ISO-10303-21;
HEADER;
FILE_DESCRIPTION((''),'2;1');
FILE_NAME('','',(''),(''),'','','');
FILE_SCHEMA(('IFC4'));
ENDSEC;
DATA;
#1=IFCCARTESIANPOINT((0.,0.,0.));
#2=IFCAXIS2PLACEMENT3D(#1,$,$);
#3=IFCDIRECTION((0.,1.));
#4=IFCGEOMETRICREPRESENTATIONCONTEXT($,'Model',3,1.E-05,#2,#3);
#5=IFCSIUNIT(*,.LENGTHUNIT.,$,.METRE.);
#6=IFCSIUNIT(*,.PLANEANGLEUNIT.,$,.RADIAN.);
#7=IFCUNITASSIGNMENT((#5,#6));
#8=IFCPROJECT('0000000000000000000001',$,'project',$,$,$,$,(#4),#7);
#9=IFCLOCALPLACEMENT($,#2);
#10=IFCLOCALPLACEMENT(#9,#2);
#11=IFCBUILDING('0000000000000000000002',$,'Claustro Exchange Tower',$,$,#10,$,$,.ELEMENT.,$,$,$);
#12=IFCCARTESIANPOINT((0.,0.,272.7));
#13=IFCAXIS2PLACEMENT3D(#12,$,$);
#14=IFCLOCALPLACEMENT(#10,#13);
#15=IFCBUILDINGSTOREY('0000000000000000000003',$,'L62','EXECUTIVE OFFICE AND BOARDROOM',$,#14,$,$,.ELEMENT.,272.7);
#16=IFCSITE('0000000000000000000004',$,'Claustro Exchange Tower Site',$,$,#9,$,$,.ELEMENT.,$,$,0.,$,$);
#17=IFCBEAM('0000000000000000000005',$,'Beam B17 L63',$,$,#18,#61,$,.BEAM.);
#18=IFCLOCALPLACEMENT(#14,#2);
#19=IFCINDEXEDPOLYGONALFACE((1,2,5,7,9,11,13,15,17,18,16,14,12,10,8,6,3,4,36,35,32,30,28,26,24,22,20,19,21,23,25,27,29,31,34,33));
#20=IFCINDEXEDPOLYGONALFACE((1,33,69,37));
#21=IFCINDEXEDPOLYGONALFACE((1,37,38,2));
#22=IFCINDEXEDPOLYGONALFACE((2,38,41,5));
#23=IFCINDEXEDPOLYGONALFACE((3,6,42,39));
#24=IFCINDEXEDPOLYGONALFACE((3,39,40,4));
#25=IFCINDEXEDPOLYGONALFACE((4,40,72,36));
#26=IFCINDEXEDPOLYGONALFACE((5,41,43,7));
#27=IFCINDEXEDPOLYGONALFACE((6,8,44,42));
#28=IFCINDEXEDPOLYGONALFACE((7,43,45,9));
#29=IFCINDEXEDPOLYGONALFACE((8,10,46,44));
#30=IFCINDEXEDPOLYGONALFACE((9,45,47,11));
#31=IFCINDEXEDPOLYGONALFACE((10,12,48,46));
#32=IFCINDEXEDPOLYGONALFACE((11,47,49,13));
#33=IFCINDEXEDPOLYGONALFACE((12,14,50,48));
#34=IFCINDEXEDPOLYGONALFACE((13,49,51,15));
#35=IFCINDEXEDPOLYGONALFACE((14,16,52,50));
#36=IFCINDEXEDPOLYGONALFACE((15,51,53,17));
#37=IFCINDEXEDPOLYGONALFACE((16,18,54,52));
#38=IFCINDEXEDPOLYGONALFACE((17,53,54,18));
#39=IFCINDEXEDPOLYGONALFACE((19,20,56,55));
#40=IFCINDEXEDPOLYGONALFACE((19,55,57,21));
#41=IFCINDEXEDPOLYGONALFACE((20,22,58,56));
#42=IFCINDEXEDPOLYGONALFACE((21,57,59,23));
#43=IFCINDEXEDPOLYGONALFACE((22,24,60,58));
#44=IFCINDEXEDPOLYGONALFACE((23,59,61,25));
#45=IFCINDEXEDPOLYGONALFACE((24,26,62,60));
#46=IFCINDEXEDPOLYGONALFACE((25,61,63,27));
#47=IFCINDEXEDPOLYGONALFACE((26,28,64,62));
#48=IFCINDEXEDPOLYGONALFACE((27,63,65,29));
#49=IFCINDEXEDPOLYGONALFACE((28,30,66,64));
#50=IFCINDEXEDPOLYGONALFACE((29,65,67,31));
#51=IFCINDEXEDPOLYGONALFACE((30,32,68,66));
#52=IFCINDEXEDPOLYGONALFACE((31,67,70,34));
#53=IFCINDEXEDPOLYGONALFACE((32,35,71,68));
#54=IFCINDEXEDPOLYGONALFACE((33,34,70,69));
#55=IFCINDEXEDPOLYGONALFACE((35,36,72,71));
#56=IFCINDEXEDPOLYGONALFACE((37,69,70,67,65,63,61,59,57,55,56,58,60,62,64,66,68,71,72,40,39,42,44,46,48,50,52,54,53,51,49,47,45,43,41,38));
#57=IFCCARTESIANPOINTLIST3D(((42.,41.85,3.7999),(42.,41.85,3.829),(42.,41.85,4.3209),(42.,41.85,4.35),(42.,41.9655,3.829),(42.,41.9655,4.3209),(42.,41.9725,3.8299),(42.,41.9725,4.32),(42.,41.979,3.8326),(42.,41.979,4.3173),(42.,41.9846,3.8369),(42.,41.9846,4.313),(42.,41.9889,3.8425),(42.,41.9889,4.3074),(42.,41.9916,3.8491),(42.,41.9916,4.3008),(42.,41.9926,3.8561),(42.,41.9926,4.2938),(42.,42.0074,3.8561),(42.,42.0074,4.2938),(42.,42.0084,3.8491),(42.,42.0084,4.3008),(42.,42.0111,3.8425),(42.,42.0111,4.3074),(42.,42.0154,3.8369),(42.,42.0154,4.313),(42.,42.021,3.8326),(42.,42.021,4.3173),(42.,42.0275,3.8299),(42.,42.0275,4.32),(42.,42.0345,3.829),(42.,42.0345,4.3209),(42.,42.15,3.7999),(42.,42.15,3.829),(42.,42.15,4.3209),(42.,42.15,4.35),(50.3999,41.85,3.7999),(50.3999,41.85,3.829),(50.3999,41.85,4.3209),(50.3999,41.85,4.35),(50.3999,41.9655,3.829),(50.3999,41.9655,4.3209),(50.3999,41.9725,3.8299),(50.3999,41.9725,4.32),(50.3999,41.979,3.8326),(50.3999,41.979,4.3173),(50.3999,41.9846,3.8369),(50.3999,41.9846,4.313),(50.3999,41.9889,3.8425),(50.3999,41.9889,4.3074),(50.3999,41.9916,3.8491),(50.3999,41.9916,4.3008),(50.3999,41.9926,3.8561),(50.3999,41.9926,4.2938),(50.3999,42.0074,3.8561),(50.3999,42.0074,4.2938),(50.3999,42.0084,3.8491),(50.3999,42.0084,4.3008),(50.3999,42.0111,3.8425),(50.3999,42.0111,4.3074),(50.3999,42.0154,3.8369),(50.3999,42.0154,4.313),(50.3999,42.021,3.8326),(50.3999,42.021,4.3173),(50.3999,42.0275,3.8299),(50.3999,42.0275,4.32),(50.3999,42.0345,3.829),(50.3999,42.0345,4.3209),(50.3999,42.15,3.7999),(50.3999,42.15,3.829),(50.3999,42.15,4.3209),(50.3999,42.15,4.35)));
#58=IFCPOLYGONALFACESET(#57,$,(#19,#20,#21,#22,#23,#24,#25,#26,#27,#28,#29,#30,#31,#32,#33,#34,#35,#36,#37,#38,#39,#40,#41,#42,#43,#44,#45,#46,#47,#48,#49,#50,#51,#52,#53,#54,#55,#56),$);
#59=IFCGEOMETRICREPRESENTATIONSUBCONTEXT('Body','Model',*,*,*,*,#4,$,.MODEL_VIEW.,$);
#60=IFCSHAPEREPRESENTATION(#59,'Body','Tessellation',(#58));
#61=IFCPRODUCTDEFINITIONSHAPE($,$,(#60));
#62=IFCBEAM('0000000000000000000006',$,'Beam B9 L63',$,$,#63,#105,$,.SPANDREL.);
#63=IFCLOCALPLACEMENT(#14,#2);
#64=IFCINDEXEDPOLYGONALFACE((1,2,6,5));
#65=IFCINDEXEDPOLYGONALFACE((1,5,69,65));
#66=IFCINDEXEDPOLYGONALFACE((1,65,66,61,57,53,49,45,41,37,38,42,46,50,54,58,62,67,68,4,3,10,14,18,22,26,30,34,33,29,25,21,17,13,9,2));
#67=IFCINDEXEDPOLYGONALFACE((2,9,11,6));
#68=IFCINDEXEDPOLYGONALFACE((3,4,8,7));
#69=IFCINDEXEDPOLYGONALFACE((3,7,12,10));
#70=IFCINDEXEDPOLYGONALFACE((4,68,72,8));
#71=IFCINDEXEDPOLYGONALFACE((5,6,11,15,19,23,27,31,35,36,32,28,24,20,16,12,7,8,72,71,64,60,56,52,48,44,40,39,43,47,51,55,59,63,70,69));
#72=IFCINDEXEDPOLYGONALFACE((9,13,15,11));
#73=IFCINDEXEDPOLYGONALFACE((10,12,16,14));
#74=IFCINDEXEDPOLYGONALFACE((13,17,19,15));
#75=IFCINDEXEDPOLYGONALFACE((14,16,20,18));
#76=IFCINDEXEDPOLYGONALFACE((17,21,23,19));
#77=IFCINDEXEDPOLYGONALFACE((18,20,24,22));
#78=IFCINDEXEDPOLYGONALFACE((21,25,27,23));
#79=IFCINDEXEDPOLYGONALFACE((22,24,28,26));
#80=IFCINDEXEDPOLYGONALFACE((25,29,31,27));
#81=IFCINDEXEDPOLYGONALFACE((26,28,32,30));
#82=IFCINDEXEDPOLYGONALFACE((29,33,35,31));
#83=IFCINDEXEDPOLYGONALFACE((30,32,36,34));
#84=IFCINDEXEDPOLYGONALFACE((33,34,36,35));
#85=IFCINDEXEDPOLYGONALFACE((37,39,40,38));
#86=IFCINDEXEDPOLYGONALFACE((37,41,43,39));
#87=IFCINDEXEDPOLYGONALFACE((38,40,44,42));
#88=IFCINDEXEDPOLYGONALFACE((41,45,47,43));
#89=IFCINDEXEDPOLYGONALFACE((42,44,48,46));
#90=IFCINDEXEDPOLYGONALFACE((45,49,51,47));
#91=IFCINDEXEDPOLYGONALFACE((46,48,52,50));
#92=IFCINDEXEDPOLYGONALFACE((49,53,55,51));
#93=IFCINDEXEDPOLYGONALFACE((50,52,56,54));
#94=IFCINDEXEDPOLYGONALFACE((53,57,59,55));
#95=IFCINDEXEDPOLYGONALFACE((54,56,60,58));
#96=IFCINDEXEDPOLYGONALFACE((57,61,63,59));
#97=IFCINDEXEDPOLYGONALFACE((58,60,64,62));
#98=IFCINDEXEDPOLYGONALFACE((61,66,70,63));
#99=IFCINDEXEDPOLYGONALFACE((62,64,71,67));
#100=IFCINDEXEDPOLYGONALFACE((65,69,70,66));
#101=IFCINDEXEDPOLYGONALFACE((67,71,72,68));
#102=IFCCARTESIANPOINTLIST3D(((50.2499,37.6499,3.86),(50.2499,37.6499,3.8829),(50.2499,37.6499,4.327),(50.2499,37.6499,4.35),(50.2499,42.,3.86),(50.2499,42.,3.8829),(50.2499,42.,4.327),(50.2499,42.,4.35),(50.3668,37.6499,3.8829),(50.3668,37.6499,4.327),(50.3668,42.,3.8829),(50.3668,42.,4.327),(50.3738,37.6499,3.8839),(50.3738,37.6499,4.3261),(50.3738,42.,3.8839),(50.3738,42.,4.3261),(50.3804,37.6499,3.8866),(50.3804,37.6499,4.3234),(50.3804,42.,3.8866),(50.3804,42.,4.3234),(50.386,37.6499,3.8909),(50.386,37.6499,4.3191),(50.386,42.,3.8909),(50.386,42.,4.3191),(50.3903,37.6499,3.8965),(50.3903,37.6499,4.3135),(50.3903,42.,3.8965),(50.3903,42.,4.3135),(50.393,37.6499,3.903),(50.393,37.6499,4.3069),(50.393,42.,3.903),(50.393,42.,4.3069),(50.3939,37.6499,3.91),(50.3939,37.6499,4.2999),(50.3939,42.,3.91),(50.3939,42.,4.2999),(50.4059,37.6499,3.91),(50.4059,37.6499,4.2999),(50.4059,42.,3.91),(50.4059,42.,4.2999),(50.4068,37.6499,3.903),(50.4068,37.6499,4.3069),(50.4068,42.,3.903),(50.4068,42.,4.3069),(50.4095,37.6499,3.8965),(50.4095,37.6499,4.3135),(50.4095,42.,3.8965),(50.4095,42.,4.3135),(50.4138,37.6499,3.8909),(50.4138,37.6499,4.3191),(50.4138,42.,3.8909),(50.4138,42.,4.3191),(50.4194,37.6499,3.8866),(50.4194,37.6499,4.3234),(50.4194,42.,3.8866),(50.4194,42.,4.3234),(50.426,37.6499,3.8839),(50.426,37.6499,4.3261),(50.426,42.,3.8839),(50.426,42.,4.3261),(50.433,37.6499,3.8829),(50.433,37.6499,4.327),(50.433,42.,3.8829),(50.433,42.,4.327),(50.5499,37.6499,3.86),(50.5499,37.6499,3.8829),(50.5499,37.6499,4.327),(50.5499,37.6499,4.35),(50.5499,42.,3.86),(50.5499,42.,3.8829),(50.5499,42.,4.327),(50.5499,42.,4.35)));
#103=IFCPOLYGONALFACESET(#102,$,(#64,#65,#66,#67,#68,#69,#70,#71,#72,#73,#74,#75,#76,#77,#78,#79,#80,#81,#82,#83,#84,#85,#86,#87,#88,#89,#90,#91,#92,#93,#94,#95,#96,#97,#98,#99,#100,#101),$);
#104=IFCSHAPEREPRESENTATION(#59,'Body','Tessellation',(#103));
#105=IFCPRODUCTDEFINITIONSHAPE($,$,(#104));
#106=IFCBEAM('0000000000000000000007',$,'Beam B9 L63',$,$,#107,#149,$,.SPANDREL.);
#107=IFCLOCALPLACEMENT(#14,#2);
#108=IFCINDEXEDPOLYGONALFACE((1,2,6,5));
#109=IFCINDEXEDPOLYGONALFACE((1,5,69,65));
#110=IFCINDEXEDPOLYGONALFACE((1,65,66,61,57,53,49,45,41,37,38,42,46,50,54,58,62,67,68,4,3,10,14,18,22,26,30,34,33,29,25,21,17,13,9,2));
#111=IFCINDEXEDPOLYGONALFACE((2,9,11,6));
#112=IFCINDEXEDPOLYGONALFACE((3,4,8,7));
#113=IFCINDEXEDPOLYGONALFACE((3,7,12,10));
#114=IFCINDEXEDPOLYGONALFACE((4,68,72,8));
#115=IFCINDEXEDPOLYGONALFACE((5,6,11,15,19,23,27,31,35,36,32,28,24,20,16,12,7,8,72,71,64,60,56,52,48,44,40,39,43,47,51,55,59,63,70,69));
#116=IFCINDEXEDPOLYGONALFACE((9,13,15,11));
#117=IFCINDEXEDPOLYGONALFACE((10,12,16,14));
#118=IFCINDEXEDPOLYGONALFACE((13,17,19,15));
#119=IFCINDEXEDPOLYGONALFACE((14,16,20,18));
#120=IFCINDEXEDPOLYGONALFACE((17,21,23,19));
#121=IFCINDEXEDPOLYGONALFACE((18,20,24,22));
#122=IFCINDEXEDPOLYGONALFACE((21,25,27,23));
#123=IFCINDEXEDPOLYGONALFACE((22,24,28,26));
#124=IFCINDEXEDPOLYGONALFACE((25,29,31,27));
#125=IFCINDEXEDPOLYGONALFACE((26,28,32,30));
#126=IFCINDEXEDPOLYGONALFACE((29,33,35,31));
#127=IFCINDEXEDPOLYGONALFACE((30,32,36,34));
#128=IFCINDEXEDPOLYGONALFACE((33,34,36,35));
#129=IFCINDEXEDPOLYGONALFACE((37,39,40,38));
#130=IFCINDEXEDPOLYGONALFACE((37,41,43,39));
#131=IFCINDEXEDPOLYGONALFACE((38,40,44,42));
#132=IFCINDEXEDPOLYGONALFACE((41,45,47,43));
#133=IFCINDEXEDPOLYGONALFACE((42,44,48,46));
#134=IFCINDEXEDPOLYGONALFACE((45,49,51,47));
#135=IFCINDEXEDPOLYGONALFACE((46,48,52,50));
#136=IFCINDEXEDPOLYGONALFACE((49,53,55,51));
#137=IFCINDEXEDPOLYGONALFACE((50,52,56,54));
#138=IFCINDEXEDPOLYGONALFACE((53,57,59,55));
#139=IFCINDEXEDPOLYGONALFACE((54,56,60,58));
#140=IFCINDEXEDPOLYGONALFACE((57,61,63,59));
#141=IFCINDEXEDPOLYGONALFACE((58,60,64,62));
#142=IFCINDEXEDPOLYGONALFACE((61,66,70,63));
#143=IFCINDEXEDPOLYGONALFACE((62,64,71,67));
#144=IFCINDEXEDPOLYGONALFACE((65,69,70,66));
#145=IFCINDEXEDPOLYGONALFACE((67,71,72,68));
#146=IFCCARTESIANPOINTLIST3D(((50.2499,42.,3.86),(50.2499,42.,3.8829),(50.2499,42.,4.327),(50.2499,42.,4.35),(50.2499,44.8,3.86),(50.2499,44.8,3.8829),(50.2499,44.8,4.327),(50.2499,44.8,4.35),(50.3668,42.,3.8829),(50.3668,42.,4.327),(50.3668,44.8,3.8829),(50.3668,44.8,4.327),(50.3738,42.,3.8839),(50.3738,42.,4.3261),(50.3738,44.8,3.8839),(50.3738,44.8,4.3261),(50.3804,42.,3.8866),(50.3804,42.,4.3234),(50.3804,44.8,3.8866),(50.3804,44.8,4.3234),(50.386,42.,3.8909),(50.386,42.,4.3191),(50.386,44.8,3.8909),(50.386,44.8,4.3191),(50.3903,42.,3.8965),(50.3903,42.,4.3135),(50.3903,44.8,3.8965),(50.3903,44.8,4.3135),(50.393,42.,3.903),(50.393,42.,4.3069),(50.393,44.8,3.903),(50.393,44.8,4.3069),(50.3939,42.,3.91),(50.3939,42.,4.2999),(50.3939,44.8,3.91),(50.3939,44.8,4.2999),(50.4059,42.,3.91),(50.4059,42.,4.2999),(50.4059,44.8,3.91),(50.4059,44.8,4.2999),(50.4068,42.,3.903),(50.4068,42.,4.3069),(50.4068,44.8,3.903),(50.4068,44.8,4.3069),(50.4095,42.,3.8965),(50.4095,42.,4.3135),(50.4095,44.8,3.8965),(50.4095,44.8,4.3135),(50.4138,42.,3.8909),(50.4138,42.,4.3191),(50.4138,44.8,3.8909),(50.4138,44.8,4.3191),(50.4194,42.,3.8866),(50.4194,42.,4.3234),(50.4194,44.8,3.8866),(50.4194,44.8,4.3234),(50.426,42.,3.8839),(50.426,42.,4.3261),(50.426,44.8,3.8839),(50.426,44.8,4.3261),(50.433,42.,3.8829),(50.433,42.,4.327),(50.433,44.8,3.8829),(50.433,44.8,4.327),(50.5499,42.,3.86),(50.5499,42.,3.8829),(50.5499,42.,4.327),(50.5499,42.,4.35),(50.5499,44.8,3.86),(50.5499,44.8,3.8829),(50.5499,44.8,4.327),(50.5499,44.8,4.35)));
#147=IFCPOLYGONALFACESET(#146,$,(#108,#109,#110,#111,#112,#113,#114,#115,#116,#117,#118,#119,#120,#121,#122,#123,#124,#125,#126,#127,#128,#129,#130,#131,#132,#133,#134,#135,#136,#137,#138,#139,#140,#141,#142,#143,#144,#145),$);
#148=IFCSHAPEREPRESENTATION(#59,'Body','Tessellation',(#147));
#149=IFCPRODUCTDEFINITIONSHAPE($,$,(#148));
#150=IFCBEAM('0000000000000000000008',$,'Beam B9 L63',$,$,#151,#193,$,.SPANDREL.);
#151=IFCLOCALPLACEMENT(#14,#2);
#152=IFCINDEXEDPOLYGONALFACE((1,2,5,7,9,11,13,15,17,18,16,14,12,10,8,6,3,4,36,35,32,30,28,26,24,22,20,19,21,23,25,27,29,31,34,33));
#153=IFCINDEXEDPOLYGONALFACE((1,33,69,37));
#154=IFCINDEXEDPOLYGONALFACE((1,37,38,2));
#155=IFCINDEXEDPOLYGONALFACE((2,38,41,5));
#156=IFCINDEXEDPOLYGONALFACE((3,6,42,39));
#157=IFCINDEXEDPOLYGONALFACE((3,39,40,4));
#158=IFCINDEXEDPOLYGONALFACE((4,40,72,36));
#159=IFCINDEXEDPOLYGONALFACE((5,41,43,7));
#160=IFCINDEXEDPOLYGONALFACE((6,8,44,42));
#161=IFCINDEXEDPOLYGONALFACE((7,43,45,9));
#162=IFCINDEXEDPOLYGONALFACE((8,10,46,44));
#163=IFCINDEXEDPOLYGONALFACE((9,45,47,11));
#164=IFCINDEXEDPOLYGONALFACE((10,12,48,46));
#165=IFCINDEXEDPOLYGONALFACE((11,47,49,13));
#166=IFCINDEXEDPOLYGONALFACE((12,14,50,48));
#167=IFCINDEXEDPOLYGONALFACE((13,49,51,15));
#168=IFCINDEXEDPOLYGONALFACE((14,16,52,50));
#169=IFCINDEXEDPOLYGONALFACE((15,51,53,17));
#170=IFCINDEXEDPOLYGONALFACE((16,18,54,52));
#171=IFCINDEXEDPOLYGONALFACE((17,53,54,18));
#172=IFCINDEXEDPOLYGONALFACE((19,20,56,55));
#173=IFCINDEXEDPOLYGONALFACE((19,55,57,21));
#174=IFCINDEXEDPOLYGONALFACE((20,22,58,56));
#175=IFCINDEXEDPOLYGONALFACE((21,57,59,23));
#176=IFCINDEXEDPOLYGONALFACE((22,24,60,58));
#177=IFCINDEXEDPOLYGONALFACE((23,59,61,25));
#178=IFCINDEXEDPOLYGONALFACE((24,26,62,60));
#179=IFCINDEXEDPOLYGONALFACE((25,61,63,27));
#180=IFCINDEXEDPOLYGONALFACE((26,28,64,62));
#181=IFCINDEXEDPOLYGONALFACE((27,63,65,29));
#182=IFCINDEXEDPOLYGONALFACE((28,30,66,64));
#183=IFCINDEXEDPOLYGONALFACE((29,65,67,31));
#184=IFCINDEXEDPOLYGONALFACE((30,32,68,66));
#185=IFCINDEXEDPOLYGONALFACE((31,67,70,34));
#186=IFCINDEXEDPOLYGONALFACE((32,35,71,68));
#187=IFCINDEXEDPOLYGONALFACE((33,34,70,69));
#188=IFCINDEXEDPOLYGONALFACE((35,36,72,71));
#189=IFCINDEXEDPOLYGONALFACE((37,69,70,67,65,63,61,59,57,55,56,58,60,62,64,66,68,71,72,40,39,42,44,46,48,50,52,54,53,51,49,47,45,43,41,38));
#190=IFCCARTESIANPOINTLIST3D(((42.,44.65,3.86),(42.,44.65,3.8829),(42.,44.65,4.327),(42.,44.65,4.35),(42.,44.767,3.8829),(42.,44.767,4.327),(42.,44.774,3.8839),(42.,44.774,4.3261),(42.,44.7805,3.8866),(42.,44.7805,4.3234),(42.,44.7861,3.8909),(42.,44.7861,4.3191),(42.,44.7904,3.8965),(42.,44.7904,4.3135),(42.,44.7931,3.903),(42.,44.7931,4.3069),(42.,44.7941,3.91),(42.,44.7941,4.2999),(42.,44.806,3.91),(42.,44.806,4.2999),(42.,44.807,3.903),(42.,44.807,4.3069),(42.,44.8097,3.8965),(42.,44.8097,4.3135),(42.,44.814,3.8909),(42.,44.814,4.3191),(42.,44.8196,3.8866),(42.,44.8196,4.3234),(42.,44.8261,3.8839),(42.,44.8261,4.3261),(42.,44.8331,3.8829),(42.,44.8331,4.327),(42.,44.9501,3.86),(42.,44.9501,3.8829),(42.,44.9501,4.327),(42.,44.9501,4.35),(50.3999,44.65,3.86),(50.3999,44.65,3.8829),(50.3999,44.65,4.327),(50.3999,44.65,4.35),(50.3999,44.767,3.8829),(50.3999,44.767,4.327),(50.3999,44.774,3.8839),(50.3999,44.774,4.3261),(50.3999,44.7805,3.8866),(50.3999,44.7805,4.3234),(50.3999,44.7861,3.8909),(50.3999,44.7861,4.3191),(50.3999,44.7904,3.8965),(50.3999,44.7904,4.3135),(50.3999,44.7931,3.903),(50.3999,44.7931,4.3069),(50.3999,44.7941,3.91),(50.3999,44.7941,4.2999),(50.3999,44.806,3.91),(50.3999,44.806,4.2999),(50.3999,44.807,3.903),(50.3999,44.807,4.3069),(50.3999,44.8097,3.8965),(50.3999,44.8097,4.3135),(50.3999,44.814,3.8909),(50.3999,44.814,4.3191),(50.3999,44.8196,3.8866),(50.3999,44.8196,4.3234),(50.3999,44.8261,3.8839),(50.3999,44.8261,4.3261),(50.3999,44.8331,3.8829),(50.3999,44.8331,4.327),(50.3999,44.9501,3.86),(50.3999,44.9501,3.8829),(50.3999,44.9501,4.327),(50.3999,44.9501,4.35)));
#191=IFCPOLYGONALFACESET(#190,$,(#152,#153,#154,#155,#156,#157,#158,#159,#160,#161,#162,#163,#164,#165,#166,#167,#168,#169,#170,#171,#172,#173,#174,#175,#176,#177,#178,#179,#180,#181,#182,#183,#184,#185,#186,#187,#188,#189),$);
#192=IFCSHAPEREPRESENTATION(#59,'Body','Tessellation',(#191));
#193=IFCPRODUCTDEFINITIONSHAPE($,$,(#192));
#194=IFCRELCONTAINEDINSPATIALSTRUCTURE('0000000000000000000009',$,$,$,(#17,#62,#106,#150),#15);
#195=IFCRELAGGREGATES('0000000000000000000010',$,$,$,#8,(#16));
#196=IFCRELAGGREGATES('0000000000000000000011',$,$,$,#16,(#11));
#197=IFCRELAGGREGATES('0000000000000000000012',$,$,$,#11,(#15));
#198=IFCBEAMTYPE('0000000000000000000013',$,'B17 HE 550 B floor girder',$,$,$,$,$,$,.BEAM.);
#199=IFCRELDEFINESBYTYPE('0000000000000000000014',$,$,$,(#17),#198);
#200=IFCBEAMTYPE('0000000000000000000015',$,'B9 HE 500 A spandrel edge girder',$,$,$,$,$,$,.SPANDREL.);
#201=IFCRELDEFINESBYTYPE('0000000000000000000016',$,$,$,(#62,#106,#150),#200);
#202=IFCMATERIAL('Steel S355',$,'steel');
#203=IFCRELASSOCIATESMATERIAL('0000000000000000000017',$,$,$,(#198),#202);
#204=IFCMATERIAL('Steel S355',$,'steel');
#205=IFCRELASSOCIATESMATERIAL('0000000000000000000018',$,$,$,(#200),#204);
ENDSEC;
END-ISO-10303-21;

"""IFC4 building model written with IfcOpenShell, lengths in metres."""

from ifc_helpers import new_model, si_unit, direction, frame, origin, origin_2d, place, context, subcontext, project, spatial, i_section, extrude, material, material_profile, profile_set, type_object, element, save


model = new_model("IFC4")

# Units and contexts
model_context = context("Model", 3, precision=1e-05, world=origin(), true_north=direction((0.0, 1.0)))
body_context = subcontext(model_context, "Body", "Model", "MODEL_VIEW")
ifc_project = project(units=[si_unit("LENGTHUNIT", "METRE"), si_unit("PLANEANGLEUNIT", "RADIAN")], contexts=[model_context])

# Site, building, storey
site_placement = place(None, origin())
site = spatial("IfcSite", under=ifc_project, at=site_placement, Name="Claustro Exchange Tower Site", CompositionType="ELEMENT", RefElevation=0.0)
building_placement = place(site_placement, origin())
building = spatial("IfcBuilding", under=site, at=building_placement, Name="Claustro Exchange Tower", CompositionType="ELEMENT")
storey_placement = place(building_placement, frame((0.0, 0.0, 272.7)))
storey = spatial("IfcBuildingStorey", under=building, at=storey_placement, Name="L62", Description="EXECUTIVE OFFICE AND BOARDROOM", CompositionType="ELEMENT", Elevation=272.7)

# Beams
ifc_material_1 = material(Name="Steel S355", Category="steel")
ifc_material_profile_1 = material_profile(ifc_material_1, i_section(OverallWidth=0.3, OverallDepth=0.55, WebThickness=0.0149, FlangeThickness=0.0291, FilletRadius=0.0271, at=origin_2d()), Name="HE 550 B")
ifc_profile_set_1 = profile_set([ifc_material_profile_1], Name="Steel S355")
beam_type_1 = type_object("IfcBeamType", Name="B17 HE 550 B floor girder", PredefinedType="BEAM", material=ifc_profile_set_1)
beam_1_placement = place(storey_placement, frame((42.0, 42.0, 4.075), z_axis=(1.0, 0.0, 0.0), x_axis=(0.0, 1.0, 0.0)))
element("IfcBeam", 1, at=beam_1_placement, inside=storey, type_object=beam_type_1, Name="Beam B17 L63", PredefinedType="BEAM", context=body_context, shape_type="SweptSolid", body=[
    extrude(i_section(OverallWidth=0.3, OverallDepth=0.55, WebThickness=0.0149, FlangeThickness=0.0291, FilletRadius=0.0271, at=origin_2d()), origin(), (0.0, 0.0, 1.0), 8.3999),
])
ifc_material_2 = material(Name="Steel S355", Category="steel")
ifc_material_profile_2 = material_profile(ifc_material_2, i_section(OverallWidth=0.3, OverallDepth=0.49, WebThickness=0.012, FlangeThickness=0.0229, FilletRadius=0.0271, at=origin_2d()), Name="HE 500 A")
ifc_profile_set_2 = profile_set([ifc_material_profile_2], Name="Steel S355")
beam_type_2 = type_object("IfcBeamType", Name="B9 HE 500 A spandrel edge girder", PredefinedType="SPANDREL", material=ifc_profile_set_2)
beam_2_placement = place(storey_placement, frame((50.3999, 37.6499, 4.105), z_axis=(0.0, 1.0, 0.0), x_axis=(-1.0, 0.0, 0.0)))
element("IfcBeam", 2, at=beam_2_placement, inside=storey, type_object=beam_type_2, Name="Beam B9 L63", PredefinedType="SPANDREL", context=body_context, shape_type="SweptSolid", body=[
    extrude(i_section(OverallWidth=0.3, OverallDepth=0.49, WebThickness=0.012, FlangeThickness=0.0229, FilletRadius=0.0271, at=origin_2d()), origin(), (0.0, 0.0, 1.0), 4.3501),
])
beam_3_placement = place(storey_placement, frame((50.3999, 42.0, 4.105), z_axis=(0.0, 1.0, 0.0), x_axis=(-1.0, 0.0, 0.0)))
element("IfcBeam", 3, at=beam_3_placement, inside=storey, type_object=beam_type_2, Name="Beam B9 L63", PredefinedType="SPANDREL", context=body_context, shape_type="SweptSolid", body=[
    extrude(i_section(OverallWidth=0.3, OverallDepth=0.49, WebThickness=0.012, FlangeThickness=0.0229, FilletRadius=0.0271, at=origin_2d()), origin(), (0.0, 0.0, 1.0), 2.8),
])
beam_4_placement = place(storey_placement, frame((42.0, 44.8, 4.105), z_axis=(1.0, 0.0, 0.0), x_axis=(0.0, 1.0, 0.0)))
element("IfcBeam", 4, at=beam_4_placement, inside=storey, type_object=beam_type_2, Name="Beam B9 L63", PredefinedType="SPANDREL", context=body_context, shape_type="SweptSolid", body=[
    extrude(i_section(OverallWidth=0.3, OverallDepth=0.49, WebThickness=0.012, FlangeThickness=0.0229, FilletRadius=0.0271, at=origin_2d()), origin(), (0.0, 0.0, 1.0), 8.3999),
])

save(model, "model.ifc")
